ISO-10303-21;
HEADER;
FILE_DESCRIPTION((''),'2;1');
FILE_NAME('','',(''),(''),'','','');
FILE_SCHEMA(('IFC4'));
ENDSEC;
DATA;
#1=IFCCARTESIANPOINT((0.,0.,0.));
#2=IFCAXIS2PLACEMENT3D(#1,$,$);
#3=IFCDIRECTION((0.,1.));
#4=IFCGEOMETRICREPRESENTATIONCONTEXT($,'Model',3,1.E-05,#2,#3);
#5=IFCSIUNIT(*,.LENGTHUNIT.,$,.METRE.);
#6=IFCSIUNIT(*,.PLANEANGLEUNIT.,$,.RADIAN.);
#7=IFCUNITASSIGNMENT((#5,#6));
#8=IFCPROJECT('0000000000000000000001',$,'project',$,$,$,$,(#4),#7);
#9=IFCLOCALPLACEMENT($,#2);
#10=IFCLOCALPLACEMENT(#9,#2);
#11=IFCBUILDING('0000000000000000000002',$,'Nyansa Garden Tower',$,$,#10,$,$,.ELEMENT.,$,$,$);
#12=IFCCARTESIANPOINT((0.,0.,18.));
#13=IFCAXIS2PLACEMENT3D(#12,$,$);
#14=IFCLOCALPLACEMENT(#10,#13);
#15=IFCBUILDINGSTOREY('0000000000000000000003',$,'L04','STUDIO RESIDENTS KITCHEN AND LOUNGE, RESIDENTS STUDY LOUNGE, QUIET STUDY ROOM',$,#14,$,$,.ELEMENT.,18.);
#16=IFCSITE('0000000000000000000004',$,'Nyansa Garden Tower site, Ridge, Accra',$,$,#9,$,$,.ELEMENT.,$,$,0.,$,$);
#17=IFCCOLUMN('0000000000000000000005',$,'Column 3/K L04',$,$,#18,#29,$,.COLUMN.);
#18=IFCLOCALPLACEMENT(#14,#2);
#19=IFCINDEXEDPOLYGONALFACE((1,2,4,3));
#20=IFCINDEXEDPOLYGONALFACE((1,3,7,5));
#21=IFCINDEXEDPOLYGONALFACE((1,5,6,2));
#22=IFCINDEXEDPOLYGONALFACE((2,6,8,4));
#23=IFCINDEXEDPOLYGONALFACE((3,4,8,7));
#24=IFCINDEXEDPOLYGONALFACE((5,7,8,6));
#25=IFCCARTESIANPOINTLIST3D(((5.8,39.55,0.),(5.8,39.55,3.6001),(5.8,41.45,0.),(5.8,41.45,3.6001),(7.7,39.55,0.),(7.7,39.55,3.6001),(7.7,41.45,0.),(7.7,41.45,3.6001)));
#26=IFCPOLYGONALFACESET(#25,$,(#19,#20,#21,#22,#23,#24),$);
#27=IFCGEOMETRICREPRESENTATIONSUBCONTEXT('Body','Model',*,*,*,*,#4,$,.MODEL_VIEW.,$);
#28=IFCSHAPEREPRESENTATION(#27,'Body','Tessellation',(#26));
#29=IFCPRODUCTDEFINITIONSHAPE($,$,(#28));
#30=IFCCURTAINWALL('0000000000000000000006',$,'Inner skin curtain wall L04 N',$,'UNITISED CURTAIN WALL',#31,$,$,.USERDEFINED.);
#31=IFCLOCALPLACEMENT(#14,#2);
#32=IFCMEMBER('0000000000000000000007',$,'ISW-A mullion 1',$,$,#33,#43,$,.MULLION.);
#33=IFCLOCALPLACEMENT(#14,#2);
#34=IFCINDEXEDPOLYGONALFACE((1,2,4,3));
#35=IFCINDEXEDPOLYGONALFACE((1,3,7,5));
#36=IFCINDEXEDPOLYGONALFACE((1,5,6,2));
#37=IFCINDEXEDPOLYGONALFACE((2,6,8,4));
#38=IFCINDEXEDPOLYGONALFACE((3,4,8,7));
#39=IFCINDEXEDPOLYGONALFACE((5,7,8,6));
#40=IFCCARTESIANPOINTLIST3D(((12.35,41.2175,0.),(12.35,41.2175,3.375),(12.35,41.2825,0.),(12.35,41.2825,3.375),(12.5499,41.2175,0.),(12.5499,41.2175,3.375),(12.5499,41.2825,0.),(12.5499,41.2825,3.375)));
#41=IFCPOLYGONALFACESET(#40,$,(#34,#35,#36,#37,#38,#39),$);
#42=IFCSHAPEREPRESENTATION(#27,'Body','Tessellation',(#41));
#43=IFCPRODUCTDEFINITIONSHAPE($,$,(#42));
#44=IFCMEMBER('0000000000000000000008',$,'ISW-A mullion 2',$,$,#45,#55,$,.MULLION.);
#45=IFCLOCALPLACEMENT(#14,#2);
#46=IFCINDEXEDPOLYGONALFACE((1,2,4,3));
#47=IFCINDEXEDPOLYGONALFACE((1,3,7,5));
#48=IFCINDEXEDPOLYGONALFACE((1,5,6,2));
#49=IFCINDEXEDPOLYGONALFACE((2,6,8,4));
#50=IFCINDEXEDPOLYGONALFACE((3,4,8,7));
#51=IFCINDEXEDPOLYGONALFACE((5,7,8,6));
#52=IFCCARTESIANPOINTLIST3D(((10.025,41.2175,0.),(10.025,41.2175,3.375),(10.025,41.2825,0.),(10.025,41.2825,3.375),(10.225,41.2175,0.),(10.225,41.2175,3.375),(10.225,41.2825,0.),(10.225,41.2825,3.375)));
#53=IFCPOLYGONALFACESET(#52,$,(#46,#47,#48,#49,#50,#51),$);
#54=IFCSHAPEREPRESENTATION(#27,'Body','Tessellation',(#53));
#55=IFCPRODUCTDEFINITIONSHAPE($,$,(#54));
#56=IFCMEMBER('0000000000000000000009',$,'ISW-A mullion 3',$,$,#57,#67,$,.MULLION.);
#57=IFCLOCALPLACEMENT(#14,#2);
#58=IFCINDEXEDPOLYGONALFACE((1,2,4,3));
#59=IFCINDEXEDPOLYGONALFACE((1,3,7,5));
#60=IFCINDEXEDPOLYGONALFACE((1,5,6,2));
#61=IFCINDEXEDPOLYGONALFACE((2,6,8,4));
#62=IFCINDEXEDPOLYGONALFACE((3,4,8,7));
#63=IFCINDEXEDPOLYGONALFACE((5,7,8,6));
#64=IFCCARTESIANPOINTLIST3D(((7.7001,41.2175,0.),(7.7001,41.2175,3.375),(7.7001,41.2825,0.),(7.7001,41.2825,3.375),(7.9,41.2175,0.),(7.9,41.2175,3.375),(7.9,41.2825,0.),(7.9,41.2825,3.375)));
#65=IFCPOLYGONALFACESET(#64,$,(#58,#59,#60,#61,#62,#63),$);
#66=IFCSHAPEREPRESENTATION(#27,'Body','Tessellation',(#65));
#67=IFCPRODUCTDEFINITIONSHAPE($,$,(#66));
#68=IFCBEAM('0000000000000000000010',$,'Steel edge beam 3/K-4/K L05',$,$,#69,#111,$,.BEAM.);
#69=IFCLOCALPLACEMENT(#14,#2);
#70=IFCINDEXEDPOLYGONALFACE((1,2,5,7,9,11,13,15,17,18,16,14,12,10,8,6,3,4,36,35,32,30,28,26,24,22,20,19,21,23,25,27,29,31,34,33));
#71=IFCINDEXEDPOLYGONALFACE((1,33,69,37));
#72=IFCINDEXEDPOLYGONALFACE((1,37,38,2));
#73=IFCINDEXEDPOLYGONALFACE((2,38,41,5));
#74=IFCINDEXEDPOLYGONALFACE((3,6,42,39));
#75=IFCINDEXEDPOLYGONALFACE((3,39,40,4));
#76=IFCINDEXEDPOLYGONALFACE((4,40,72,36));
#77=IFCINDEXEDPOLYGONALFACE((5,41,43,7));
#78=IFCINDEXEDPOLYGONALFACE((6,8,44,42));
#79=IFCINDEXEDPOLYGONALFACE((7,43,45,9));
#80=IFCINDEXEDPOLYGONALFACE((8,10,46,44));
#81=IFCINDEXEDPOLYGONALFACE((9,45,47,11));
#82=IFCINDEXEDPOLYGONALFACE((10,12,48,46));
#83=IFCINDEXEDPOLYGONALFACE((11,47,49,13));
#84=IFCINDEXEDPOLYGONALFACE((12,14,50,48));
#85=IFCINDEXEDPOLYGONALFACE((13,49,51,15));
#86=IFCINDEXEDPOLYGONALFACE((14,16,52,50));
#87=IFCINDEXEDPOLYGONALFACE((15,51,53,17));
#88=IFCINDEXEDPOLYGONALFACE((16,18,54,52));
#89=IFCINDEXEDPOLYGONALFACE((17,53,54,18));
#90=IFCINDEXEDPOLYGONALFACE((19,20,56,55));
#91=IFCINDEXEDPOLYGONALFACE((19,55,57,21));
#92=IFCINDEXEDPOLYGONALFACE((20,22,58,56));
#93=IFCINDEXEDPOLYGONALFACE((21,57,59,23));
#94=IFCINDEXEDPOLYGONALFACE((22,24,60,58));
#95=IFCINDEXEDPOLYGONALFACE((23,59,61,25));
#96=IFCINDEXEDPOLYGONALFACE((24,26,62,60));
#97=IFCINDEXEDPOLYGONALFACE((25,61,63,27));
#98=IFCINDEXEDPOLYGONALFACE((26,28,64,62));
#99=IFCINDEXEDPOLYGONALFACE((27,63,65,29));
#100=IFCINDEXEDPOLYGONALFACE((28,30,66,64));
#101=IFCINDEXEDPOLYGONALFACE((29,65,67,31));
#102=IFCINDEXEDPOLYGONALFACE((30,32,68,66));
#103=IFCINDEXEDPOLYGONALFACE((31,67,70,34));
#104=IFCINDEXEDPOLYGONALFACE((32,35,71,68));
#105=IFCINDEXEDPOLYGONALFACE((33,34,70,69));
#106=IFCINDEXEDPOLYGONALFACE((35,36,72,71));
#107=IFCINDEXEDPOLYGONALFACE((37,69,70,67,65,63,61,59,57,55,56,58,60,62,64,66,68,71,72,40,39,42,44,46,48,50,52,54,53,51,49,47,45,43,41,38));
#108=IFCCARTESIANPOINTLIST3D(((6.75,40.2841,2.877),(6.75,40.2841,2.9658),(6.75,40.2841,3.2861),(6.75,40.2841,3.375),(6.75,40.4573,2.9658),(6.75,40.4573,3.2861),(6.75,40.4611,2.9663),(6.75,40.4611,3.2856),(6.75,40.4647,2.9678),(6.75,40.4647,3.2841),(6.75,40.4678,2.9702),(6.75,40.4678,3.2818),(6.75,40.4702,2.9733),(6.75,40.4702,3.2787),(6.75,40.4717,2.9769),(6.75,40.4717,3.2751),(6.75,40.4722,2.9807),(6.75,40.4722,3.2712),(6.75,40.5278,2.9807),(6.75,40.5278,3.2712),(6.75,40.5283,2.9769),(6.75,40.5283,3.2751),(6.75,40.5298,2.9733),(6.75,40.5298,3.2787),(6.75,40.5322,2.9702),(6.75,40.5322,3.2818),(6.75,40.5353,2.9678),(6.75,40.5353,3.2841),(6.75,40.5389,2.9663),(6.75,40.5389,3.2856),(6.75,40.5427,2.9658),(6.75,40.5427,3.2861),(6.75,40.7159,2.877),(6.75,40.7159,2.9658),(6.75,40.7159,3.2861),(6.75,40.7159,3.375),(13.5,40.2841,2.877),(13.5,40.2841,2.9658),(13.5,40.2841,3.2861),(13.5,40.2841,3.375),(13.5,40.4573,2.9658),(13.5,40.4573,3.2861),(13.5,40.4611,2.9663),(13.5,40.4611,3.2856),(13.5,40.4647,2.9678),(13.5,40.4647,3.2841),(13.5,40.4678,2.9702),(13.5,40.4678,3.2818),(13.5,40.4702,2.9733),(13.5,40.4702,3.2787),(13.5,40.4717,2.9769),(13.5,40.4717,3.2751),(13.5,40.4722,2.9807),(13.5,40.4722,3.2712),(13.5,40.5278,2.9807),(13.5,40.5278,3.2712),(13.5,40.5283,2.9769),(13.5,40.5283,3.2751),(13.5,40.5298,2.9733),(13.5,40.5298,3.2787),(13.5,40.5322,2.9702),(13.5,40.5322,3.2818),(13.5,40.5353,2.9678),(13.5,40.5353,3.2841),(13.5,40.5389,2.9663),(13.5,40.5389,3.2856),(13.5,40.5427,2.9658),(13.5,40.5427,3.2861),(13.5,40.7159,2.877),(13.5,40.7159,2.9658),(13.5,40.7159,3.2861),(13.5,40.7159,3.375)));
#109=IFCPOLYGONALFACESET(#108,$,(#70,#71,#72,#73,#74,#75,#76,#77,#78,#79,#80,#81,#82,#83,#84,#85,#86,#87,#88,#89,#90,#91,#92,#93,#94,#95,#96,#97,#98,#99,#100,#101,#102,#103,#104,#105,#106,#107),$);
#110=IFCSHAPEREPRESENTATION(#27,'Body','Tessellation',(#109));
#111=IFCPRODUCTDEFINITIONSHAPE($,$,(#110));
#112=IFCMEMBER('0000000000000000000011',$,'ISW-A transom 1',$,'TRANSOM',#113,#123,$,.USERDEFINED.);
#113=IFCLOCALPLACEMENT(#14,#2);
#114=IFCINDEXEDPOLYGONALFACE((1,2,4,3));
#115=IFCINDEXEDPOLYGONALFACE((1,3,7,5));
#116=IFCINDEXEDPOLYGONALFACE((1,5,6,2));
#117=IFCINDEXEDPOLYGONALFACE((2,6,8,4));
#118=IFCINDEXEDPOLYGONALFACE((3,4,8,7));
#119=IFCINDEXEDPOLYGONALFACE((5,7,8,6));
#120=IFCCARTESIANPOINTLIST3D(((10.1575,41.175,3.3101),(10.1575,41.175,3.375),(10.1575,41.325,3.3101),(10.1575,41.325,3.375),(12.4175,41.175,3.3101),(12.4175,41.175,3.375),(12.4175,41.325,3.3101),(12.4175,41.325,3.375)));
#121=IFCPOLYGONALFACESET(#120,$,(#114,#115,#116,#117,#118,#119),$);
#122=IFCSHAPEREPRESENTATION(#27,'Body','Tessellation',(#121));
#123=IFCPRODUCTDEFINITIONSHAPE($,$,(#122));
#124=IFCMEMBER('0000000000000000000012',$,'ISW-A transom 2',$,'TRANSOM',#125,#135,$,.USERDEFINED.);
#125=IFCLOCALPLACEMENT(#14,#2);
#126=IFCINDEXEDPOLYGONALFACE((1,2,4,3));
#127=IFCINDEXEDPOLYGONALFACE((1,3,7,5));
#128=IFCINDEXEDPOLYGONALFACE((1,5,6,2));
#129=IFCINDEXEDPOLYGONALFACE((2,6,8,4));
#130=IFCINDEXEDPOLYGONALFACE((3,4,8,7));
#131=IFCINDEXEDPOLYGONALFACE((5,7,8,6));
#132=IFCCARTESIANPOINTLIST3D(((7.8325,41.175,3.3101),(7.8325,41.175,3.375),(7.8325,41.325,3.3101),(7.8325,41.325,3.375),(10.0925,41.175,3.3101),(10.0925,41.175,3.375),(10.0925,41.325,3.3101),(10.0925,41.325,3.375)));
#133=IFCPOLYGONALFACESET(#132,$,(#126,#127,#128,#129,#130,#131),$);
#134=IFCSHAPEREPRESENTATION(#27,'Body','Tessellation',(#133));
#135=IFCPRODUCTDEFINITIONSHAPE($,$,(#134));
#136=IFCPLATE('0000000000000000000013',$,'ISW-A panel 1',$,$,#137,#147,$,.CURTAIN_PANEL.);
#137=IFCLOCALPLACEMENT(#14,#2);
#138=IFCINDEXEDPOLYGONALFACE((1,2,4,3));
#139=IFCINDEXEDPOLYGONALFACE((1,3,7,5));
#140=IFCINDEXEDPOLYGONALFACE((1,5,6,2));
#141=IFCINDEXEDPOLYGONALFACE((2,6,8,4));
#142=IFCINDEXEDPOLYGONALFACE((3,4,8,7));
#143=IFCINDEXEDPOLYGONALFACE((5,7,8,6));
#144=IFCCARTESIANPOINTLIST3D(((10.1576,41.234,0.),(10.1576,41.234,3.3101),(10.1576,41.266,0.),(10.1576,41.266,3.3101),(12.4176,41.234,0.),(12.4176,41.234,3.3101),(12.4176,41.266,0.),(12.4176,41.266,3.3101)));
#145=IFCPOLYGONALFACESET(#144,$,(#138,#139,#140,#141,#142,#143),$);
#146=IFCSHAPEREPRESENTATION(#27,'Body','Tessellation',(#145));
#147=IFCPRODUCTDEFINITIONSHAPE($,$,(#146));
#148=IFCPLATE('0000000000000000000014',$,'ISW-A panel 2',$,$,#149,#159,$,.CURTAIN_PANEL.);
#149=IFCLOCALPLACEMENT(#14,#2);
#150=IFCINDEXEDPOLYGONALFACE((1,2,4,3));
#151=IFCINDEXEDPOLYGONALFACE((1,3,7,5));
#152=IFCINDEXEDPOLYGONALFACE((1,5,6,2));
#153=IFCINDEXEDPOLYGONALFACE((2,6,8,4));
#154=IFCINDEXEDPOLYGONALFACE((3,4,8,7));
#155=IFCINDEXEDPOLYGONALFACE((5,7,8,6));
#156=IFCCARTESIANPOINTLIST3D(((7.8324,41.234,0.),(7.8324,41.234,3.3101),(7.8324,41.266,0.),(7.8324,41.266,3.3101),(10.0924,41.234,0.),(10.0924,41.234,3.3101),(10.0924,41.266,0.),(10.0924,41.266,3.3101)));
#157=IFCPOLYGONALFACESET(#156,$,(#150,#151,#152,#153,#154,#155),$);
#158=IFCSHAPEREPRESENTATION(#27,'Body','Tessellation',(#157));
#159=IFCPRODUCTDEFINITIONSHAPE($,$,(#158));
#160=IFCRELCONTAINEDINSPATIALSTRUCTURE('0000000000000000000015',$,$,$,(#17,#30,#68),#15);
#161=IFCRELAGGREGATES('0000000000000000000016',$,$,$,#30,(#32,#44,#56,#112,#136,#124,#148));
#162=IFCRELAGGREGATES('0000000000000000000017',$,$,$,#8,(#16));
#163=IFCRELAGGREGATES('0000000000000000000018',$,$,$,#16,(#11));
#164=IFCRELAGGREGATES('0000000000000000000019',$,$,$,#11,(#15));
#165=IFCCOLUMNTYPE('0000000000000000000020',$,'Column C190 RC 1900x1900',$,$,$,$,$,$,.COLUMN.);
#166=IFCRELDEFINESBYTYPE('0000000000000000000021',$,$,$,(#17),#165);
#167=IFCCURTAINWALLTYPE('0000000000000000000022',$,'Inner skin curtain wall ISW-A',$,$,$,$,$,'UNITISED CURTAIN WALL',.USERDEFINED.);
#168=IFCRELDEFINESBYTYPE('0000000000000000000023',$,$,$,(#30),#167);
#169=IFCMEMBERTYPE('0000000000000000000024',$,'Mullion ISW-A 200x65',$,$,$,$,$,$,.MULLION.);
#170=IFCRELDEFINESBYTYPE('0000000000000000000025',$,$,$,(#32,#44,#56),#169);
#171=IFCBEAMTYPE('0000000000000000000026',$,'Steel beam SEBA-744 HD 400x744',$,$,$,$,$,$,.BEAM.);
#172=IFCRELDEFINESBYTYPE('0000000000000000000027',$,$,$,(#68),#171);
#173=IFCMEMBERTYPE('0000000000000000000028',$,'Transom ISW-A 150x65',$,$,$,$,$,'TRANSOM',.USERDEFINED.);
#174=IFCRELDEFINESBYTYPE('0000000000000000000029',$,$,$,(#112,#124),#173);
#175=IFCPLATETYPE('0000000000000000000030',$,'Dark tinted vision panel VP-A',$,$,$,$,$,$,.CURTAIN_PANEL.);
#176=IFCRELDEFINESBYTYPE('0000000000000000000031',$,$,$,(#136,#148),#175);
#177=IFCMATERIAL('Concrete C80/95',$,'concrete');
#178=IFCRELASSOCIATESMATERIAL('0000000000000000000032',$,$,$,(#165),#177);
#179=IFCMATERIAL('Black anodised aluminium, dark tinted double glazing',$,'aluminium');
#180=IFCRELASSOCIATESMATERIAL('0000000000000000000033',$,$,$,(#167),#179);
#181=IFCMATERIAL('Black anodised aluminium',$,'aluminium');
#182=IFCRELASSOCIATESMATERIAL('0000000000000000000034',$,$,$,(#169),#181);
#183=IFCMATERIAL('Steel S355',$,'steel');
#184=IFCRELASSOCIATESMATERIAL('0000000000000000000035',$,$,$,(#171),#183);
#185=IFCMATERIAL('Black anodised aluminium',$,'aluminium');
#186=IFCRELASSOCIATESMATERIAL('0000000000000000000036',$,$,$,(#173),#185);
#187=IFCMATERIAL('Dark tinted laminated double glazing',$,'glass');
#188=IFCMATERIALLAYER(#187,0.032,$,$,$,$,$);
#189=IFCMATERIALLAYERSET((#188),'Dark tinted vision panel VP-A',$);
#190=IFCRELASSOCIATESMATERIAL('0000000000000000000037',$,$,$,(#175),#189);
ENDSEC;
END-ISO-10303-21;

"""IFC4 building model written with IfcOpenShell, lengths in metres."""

from ifc_helpers import new_model, si_unit, direction, frame, origin, origin_2d, place, context, subcontext, project, spatial, rectangle, i_section, extrude, material, layer, layer_set, material_profile, profile_set, type_object, element, aggregate, save


model = new_model("IFC4")

# Units and contexts
model_context = context("Model", 3, precision=1e-05, world=origin(), true_north=direction((0.0, 1.0)))
body_context = subcontext(model_context, "Body", "Model", "MODEL_VIEW")
ifc_project = project(units=[si_unit("LENGTHUNIT", "METRE"), si_unit("PLANEANGLEUNIT", "RADIAN")], contexts=[model_context])

# Site, building, storey
site_placement = place(None, origin())
site = spatial("IfcSite", under=ifc_project, at=site_placement, Name="Nyansa Garden Tower site, Ridge, Accra", CompositionType="ELEMENT", RefElevation=0.0)
building_placement = place(site_placement, origin())
building = spatial("IfcBuilding", under=site, at=building_placement, Name="Nyansa Garden Tower", CompositionType="ELEMENT")
storey_placement = place(building_placement, frame((0.0, 0.0, 18.0)))
storey = spatial("IfcBuildingStorey", under=building, at=storey_placement, Name="L04", Description="STUDIO RESIDENTS KITCHEN AND LOUNGE, RESIDENTS STUDY LOUNGE, QUIET STUDY ROOM", CompositionType="ELEMENT", Elevation=18.0)

# Column
ifc_material_1 = material(Name="Concrete C80/95", Category="concrete")
ifc_material_profile_1 = material_profile(ifc_material_1, rectangle(XDim=1.8999, YDim=1.8999, at=origin_2d()), Name="RC 1900x1900")
ifc_profile_set_1 = profile_set([ifc_material_profile_1], Name="Concrete C80/95")
column_type = type_object("IfcColumnType", Name="Column C190 RC 1900x1900", PredefinedType="COLUMN", material=ifc_profile_set_1)
column_placement = place(storey_placement, frame((6.75, 40.5, 0.0), z_axis=(0.0, 0.0, 1.0), x_axis=(1.0, 0.0, 0.0)))
element("IfcColumn", 1, at=column_placement, inside=storey, type_object=column_type, Name="Column 3/K L04", PredefinedType="COLUMN", context=body_context, shape_type="SweptSolid", body=[
    extrude(rectangle(XDim=1.8999, YDim=1.8999, at=origin_2d()), origin(), (0.0, 0.0, 1.0), 3.6001),
])

# Curtain wall, members
ifc_material_2 = material(Name="Black anodised aluminium, dark tinted double glazing", Category="aluminium")
curtain_wall_type = type_object("IfcCurtainWallType", Name="Inner skin curtain wall ISW-A", ElementType="UNITISED CURTAIN WALL", PredefinedType="USERDEFINED", material=ifc_material_2)
curtain_wall_placement = place(storey_placement, origin())
curtain_wall = element("IfcCurtainWall", 2, at=curtain_wall_placement, inside=storey, type_object=curtain_wall_type, Name="Inner skin curtain wall L04 N", ObjectType="UNITISED CURTAIN WALL", PredefinedType="USERDEFINED")
ifc_material_3 = material(Name="Black anodised aluminium", Category="aluminium")
ifc_material_profile_2 = material_profile(ifc_material_3, rectangle(XDim=0.0649, YDim=0.2, at=origin_2d()), Name="Mullion 200x65")
ifc_profile_set_2 = profile_set([ifc_material_profile_2], Name="Black anodised aluminium")
member_type_1 = type_object("IfcMemberType", Name="Mullion ISW-A 200x65", PredefinedType="MULLION", material=ifc_profile_set_2)
member_1_placement = place(storey_placement, frame((12.45, 41.25, 0.0), z_axis=(0.0, 0.0, 1.0), x_axis=(0.0, -1.0, 0.0)))
member_1 = element("IfcMember", 3, at=member_1_placement, type_object=member_type_1, Name="ISW-A mullion 1", PredefinedType="MULLION", context=body_context, shape_type="SweptSolid", body=[
    extrude(rectangle(XDim=0.0649, YDim=0.2, at=origin_2d()), origin(), (0.0, 0.0, 1.0), 3.375),
])
member_2_placement = place(storey_placement, frame((10.125, 41.25, 0.0), z_axis=(0.0, 0.0, 1.0), x_axis=(0.0, -1.0, 0.0)))
member_2 = element("IfcMember", 4, at=member_2_placement, type_object=member_type_1, Name="ISW-A mullion 2", PredefinedType="MULLION", context=body_context, shape_type="SweptSolid", body=[
    extrude(rectangle(XDim=0.0649, YDim=0.2, at=origin_2d()), origin(), (0.0, 0.0, 1.0), 3.375),
])
member_3_placement = place(storey_placement, frame((7.8, 41.25, 0.0), z_axis=(0.0, 0.0, 1.0), x_axis=(0.0, -1.0, 0.0)))
member_3 = element("IfcMember", 5, at=member_3_placement, type_object=member_type_1, Name="ISW-A mullion 3", PredefinedType="MULLION", context=body_context, shape_type="SweptSolid", body=[
    extrude(rectangle(XDim=0.0649, YDim=0.2, at=origin_2d()), origin(), (0.0, 0.0, 1.0), 3.375),
])

# Beam
ifc_material_4 = material(Name="Steel S355", Category="steel")
ifc_material_profile_3 = material_profile(ifc_material_4, i_section(OverallWidth=0.4319, OverallDepth=0.498, WebThickness=0.0557, FlangeThickness=0.0889, FilletRadius=0.0149, at=origin_2d()), Name="HD 400x744")
ifc_profile_set_3 = profile_set([ifc_material_profile_3], Name="Steel S355")
beam_type = type_object("IfcBeamType", Name="Steel beam SEBA-744 HD 400x744", PredefinedType="BEAM", material=ifc_profile_set_3)
beam_placement = place(storey_placement, frame((6.75, 40.5, 3.126), z_axis=(1.0, 0.0, 0.0), x_axis=(0.0, 1.0, 0.0)))
element("IfcBeam", 6, at=beam_placement, inside=storey, type_object=beam_type, Name="Steel edge beam 3/K-4/K L05", PredefinedType="BEAM", context=body_context, shape_type="SweptSolid", body=[
    extrude(i_section(OverallWidth=0.4319, OverallDepth=0.498, WebThickness=0.0557, FlangeThickness=0.0889, FilletRadius=0.0149, at=origin_2d()), origin(), (0.0, 0.0, 1.0), 6.75),
])

# Members
ifc_material_5 = material(Name="Black anodised aluminium", Category="aluminium")
ifc_material_profile_4 = material_profile(ifc_material_5, rectangle(XDim=0.1499, YDim=0.0649, at=origin_2d()), Name="Transom 150x65")
ifc_profile_set_4 = profile_set([ifc_material_profile_4], Name="Black anodised aluminium")
member_type_2 = type_object("IfcMemberType", Name="Transom ISW-A 150x65", ElementType="TRANSOM", PredefinedType="USERDEFINED", material=ifc_profile_set_4)
member_4_placement = place(storey_placement, frame((12.4175, 41.25, 3.3425), z_axis=(-1.0, 0.0, 0.0), x_axis=(0.0, -1.0, 0.0)))
member_4 = element("IfcMember", 7, at=member_4_placement, type_object=member_type_2, Name="ISW-A transom 1", ObjectType="TRANSOM", PredefinedType="USERDEFINED", context=body_context, shape_type="SweptSolid", body=[
    extrude(rectangle(XDim=0.1499, YDim=0.0649, at=origin_2d()), origin(), (0.0, 0.0, 1.0), 2.26),
])
member_5_placement = place(storey_placement, frame((10.0925, 41.25, 3.3425), z_axis=(-1.0, 0.0, 0.0), x_axis=(0.0, -1.0, 0.0)))
member_5 = element("IfcMember", 8, at=member_5_placement, type_object=member_type_2, Name="ISW-A transom 2", ObjectType="TRANSOM", PredefinedType="USERDEFINED", context=body_context, shape_type="SweptSolid", body=[
    extrude(rectangle(XDim=0.1499, YDim=0.0649, at=origin_2d()), origin(), (0.0, 0.0, 1.0), 2.26),
])

# Plates
ifc_material_6 = material(Name="Dark tinted laminated double glazing", Category="glass")
ifc_layer_1 = layer(ifc_material_6, 0.032)
ifc_layer_set_1 = layer_set([ifc_layer_1], Name="Dark tinted vision panel VP-A")
plate_type = type_object("IfcPlateType", Name="Dark tinted vision panel VP-A", PredefinedType="CURTAIN_PANEL", material=ifc_layer_set_1)
plate_1_placement = place(storey_placement, frame((11.2876, 41.25, 0.0), z_axis=(0.0, 0.0, 1.0), x_axis=(-1.0, 0.0, 0.0)))
plate_1 = element("IfcPlate", 9, at=plate_1_placement, type_object=plate_type, Name="ISW-A panel 1", PredefinedType="CURTAIN_PANEL", context=body_context, shape_type="SweptSolid", body=[
    extrude(rectangle(XDim=2.26, YDim=0.032, at=origin_2d()), origin(), (0.0, 0.0, 1.0), 3.3101),
])
plate_2_placement = place(storey_placement, frame((8.9624, 41.25, 0.0), z_axis=(0.0, 0.0, 1.0), x_axis=(-1.0, 0.0, 0.0)))
plate_2 = element("IfcPlate", 10, at=plate_2_placement, type_object=plate_type, Name="ISW-A panel 2", PredefinedType="CURTAIN_PANEL", context=body_context, shape_type="SweptSolid", body=[
    extrude(rectangle(XDim=2.26, YDim=0.032, at=origin_2d()), origin(), (0.0, 0.0, 1.0), 3.3101),
])
aggregate(curtain_wall, [member_1, member_2, member_3, member_4, plate_1, member_5, plate_2])

save(model, "model.ifc")
